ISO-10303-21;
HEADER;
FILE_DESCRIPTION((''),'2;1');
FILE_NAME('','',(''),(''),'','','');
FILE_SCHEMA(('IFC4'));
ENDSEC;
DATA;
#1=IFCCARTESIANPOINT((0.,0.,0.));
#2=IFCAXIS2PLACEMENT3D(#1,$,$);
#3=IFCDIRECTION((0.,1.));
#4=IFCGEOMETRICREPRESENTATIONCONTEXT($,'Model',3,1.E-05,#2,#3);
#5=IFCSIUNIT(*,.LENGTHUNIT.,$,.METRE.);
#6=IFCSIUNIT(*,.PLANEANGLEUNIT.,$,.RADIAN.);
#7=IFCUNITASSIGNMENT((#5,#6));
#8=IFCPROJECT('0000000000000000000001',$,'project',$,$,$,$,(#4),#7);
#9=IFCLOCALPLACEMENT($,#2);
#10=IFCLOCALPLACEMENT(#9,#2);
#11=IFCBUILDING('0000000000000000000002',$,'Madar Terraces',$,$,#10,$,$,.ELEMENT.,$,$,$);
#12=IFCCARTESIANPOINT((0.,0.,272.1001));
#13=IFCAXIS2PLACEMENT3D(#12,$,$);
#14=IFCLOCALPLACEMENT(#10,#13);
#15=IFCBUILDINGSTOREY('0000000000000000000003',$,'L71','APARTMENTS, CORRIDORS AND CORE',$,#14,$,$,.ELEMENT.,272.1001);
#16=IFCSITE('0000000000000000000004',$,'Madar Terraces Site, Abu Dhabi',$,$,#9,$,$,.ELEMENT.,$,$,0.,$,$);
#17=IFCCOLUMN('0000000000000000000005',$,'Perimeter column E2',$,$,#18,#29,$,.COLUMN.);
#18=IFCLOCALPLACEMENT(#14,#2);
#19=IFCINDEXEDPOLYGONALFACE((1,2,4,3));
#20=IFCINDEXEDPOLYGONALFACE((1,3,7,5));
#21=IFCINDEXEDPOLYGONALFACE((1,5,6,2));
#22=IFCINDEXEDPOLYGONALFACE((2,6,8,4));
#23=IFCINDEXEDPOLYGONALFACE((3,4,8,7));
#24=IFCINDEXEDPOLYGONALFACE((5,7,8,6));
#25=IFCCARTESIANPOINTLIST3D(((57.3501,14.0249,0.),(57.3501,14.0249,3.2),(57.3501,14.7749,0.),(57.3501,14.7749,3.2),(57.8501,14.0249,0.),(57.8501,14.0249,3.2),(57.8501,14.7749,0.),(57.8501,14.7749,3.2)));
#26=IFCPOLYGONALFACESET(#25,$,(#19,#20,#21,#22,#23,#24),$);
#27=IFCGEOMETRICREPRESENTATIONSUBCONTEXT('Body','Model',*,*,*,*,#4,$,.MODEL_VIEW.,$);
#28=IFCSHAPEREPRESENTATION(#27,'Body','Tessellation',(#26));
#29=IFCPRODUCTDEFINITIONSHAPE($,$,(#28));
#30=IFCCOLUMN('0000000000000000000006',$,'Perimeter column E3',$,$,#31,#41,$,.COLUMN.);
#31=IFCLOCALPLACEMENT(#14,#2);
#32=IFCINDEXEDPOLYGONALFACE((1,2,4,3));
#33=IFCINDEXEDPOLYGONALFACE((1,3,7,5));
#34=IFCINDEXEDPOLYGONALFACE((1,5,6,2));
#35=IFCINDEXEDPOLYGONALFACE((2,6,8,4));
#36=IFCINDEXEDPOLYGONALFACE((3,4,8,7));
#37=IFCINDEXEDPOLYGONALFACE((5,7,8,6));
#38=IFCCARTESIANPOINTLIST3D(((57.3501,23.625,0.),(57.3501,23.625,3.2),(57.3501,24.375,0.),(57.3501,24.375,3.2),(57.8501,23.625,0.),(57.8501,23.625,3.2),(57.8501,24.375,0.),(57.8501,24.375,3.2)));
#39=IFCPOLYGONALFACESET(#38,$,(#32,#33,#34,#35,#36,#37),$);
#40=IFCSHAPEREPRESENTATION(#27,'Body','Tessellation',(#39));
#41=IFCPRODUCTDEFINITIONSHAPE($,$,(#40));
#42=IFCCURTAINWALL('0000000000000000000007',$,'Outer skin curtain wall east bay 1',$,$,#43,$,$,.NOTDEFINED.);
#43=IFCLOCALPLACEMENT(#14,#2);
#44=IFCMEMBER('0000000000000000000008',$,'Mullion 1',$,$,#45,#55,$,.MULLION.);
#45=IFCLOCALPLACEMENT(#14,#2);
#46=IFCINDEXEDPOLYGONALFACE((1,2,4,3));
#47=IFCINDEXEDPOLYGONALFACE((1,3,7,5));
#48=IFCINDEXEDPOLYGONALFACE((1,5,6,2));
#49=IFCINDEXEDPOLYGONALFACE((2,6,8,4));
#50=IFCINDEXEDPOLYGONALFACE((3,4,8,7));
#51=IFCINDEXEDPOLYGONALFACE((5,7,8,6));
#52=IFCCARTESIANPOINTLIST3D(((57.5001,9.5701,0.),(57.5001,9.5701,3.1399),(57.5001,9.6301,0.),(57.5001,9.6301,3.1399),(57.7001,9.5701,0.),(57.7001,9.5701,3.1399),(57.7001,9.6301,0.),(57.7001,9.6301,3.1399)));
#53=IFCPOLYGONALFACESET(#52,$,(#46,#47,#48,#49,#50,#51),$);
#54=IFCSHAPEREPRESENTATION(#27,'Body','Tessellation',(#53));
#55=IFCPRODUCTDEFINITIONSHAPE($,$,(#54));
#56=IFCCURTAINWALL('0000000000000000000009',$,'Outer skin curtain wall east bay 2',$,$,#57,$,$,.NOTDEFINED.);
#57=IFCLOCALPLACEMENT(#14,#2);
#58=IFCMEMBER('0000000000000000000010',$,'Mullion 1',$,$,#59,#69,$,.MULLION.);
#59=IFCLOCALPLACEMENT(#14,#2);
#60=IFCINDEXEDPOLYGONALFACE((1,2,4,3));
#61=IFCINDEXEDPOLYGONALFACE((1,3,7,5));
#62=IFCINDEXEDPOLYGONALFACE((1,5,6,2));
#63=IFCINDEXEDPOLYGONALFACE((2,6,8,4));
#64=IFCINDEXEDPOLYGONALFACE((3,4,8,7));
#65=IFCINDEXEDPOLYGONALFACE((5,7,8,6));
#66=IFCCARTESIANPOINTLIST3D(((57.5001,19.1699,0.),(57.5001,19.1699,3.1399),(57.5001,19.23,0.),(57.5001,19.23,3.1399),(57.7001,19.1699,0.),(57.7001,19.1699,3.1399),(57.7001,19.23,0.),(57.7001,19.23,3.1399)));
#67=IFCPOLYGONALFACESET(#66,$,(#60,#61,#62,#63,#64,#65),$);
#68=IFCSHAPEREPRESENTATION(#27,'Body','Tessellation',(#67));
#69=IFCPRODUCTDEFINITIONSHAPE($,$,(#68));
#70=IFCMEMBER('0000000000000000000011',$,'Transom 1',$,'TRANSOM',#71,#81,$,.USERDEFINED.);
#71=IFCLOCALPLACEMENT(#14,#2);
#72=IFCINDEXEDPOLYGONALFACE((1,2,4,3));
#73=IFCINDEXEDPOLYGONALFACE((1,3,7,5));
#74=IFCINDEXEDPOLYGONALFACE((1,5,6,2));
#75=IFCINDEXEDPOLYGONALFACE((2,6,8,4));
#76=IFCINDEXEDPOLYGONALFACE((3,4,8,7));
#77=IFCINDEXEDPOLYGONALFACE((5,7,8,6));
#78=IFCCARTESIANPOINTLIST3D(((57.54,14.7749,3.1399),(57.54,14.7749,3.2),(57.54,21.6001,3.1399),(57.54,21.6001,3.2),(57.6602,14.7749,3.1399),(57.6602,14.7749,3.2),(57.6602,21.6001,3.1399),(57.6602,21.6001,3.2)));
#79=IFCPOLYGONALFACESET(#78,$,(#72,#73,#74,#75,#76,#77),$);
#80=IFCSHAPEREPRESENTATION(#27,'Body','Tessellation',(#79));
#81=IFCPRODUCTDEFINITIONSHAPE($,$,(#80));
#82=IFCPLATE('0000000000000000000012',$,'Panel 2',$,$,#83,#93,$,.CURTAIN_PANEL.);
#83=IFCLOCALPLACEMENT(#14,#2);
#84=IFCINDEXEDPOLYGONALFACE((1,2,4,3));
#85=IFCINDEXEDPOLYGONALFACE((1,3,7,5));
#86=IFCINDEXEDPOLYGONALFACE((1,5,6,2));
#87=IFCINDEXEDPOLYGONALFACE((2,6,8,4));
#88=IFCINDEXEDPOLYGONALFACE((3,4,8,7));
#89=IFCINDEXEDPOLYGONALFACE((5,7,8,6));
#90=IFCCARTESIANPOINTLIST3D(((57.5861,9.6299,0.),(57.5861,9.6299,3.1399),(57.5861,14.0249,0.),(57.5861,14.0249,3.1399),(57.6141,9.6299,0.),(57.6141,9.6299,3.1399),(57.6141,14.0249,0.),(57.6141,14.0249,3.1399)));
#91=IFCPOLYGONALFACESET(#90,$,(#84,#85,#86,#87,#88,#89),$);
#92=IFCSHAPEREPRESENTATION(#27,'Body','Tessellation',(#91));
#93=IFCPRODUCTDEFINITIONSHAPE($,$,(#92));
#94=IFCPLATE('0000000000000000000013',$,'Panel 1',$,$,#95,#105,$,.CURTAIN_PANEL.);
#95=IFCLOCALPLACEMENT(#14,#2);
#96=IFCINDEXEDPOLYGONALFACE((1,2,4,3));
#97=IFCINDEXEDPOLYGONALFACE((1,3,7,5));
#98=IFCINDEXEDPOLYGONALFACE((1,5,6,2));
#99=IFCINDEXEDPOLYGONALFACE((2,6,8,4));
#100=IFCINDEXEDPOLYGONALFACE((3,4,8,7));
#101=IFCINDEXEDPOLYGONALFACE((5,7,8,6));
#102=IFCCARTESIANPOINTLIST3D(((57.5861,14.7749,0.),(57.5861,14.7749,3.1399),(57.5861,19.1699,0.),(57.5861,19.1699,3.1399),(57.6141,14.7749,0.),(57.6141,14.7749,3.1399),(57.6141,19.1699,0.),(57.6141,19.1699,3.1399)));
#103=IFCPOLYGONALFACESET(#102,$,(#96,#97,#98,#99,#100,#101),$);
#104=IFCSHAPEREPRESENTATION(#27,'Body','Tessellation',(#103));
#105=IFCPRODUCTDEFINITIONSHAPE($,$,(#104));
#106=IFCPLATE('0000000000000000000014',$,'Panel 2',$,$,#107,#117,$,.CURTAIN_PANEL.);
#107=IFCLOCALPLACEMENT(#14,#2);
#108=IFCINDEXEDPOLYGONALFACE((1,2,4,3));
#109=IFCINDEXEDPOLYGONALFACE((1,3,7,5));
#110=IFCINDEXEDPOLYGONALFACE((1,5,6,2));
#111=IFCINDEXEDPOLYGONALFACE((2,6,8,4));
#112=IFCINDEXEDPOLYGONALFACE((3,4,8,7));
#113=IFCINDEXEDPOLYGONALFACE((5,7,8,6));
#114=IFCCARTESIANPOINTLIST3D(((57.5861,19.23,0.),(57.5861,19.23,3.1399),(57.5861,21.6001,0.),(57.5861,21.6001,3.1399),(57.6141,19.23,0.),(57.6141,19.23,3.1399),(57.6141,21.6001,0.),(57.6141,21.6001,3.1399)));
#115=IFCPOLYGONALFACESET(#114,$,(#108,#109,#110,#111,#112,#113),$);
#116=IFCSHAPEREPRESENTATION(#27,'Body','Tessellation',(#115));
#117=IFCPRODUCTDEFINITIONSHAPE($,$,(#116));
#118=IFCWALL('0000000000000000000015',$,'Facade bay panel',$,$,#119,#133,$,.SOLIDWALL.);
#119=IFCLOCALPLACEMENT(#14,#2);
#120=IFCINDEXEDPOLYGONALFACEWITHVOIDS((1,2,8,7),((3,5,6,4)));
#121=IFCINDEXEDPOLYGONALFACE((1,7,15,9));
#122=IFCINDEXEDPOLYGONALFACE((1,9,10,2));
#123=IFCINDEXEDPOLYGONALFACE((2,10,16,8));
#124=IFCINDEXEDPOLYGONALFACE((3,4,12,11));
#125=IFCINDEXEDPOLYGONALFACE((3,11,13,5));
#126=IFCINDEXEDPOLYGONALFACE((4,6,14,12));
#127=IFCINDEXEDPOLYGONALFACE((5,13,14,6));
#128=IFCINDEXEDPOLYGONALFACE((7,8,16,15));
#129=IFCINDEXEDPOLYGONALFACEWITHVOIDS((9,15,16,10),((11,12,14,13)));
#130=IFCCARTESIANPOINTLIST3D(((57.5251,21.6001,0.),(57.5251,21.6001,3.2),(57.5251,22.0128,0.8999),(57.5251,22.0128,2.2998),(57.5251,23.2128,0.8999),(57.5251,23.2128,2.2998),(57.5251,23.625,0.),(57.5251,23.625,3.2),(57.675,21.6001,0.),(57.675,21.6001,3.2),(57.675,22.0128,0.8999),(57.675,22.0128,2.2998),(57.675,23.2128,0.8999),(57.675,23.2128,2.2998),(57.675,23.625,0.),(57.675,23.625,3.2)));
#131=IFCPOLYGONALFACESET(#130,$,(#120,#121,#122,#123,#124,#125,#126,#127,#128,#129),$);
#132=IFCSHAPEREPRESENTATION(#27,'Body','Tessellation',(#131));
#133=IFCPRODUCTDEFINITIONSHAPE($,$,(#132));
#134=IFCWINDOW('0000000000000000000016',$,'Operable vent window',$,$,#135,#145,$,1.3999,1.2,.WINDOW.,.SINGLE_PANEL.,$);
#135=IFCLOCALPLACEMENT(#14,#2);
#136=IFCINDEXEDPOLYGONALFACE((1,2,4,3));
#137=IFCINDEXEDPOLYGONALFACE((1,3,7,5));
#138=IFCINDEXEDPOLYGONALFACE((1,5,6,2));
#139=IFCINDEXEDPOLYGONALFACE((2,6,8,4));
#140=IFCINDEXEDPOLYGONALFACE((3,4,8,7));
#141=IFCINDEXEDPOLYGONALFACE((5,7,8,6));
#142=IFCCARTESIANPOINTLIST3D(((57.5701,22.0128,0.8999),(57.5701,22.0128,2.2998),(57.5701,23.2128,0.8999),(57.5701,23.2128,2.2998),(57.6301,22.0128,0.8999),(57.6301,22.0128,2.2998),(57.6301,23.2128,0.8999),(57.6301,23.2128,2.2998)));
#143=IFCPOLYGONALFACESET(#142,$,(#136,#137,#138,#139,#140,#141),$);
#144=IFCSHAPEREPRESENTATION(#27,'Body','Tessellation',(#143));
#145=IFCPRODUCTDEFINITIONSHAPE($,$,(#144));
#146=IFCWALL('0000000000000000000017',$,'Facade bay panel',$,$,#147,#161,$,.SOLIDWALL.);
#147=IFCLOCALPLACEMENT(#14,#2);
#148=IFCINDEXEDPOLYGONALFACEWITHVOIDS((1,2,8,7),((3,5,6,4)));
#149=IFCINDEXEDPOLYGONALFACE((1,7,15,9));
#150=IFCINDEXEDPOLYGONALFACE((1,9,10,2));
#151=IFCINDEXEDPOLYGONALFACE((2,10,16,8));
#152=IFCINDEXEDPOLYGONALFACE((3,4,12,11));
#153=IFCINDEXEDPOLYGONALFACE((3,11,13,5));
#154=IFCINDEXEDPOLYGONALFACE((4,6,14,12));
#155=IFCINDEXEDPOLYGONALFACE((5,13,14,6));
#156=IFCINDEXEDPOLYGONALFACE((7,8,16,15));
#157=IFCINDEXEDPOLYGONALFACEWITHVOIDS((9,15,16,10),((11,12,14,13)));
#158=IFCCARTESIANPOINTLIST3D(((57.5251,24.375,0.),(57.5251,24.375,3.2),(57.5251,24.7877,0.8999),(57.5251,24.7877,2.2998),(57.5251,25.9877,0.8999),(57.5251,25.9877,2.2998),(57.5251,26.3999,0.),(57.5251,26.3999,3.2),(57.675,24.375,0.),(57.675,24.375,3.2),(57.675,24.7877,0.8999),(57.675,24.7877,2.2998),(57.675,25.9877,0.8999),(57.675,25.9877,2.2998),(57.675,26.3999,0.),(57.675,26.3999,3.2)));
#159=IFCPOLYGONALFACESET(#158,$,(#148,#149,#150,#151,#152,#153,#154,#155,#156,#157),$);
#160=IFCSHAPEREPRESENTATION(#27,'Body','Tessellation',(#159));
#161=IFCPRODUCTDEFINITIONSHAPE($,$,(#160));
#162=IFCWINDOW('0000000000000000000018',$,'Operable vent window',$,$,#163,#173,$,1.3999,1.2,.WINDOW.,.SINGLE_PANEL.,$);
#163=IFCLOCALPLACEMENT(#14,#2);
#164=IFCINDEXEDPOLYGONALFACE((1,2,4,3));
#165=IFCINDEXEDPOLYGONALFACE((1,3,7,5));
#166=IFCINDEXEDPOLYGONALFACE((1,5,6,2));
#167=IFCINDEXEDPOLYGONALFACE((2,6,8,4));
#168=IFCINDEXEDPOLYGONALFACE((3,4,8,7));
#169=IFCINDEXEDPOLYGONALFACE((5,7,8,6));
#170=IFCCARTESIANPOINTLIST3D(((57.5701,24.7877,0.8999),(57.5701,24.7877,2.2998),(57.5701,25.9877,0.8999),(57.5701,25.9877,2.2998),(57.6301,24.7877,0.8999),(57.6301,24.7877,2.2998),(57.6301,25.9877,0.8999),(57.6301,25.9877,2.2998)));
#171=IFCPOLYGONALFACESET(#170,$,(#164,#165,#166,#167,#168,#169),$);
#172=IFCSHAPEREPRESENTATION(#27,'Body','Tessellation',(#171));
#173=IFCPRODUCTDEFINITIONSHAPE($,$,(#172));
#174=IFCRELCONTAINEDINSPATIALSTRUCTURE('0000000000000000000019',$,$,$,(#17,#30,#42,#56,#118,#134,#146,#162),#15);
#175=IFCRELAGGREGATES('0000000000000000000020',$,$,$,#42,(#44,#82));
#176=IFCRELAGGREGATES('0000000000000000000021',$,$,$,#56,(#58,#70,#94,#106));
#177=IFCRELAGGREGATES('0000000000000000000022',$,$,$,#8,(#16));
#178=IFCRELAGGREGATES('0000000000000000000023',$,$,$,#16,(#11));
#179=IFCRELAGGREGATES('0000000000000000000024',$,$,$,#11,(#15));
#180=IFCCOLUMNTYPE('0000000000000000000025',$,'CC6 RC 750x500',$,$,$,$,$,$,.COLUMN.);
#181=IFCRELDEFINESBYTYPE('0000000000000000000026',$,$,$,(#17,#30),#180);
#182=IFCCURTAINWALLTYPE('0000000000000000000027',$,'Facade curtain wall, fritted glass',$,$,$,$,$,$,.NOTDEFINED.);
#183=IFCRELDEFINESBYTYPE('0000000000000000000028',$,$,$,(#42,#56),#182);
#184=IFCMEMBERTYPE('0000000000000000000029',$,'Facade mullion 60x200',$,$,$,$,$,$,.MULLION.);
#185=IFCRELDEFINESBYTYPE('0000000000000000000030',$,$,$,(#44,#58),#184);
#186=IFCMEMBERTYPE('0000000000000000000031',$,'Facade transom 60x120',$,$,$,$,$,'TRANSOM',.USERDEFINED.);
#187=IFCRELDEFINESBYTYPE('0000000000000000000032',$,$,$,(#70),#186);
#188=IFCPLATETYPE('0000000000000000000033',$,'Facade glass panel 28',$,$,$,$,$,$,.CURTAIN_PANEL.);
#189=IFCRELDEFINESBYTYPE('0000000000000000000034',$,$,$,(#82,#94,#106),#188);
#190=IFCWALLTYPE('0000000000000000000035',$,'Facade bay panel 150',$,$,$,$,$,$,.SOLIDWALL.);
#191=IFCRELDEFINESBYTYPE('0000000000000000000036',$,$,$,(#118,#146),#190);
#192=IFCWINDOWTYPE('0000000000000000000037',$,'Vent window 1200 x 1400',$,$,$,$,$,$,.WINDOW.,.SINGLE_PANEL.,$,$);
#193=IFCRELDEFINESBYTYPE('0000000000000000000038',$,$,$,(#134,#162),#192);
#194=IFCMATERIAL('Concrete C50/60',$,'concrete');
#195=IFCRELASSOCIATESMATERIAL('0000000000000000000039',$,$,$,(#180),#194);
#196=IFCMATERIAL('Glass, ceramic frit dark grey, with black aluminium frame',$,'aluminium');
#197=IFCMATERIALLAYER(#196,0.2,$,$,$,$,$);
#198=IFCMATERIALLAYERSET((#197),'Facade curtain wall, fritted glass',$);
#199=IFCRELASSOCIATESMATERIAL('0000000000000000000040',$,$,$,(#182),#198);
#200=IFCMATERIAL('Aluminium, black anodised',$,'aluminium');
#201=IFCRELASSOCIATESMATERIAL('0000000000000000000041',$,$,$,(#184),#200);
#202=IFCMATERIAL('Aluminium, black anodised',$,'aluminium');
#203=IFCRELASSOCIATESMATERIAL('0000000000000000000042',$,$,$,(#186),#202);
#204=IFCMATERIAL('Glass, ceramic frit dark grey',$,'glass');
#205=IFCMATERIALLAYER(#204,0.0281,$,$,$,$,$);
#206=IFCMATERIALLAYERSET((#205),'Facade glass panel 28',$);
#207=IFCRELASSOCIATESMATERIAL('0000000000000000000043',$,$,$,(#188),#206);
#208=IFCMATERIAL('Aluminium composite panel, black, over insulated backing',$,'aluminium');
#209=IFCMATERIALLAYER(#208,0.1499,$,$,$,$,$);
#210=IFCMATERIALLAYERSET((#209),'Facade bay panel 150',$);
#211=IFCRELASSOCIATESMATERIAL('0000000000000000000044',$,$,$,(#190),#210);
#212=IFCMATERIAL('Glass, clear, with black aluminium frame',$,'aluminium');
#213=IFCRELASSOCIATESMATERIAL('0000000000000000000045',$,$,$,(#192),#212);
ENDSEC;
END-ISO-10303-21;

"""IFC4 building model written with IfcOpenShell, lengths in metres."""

from ifc_helpers import new_model, si_unit, direction, frame, frame_2d, origin, origin_2d, place, context, subcontext, project, spatial, rectangle, extrude, material, layer, layer_set, material_profile, profile_set, type_object, element, fill, aggregate, save


model = new_model("IFC4")

# Units and contexts
model_context = context("Model", 3, precision=1e-05, world=origin(), true_north=direction((0.0, 1.0)))
body_context = subcontext(model_context, "Body", "Model", "MODEL_VIEW")
ifc_project = project(units=[si_unit("LENGTHUNIT", "METRE"), si_unit("PLANEANGLEUNIT", "RADIAN")], contexts=[model_context])

# Site, building, storey
site_placement = place(None, origin())
site = spatial("IfcSite", under=ifc_project, at=site_placement, Name="Madar Terraces Site, Abu Dhabi", CompositionType="ELEMENT", RefElevation=0.0)
building_placement = place(site_placement, origin())
building = spatial("IfcBuilding", under=site, at=building_placement, Name="Madar Terraces", CompositionType="ELEMENT")
storey_placement = place(building_placement, frame((0.0, 0.0, 272.1001)))
storey = spatial("IfcBuildingStorey", under=building, at=storey_placement, Name="L71", Description="APARTMENTS, CORRIDORS AND CORE", CompositionType="ELEMENT", Elevation=272.1001)

# Columns
ifc_material_1 = material(Name="Concrete C50/60", Category="concrete")
ifc_material_profile_1 = material_profile(ifc_material_1, rectangle(XDim=0.75, YDim=0.5, at=origin_2d()), Name="CC6 RC 750x500")
ifc_profile_set_1 = profile_set([ifc_material_profile_1], Name="Concrete C50/60")
column_type = type_object("IfcColumnType", Name="CC6 RC 750x500", PredefinedType="COLUMN", material=ifc_profile_set_1)
for number, where, z_axis, x_axis, name in (
    (1, (57.6001, 14.3999, 0.0), (0.0, 0.0, 1.0), (0.0, 1.0, 0.0), "Perimeter column E2"),
    (2, (57.6001, 24.0, 0.0), (0.0, 0.0, 1.0), (0.0, 1.0, 0.0), "Perimeter column E3"),
):
    element("IfcColumn", number, at=place(storey_placement, frame(where, z_axis=z_axis, x_axis=x_axis)), inside=storey, type_object=column_type, Name=name, PredefinedType="COLUMN", context=body_context, shape_type="SweptSolid", body=[
        extrude(rectangle(XDim=0.75, YDim=0.5, at=origin_2d()), origin(), (0.0, 0.0, 1.0), 3.2),
    ])

# Curtain wall, member
ifc_material_2 = material(Name="Glass, ceramic frit dark grey, with black aluminium frame", Category="aluminium")
ifc_layer_1 = layer(ifc_material_2, 0.2)
ifc_layer_set_1 = layer_set([ifc_layer_1], Name="Facade curtain wall, fritted glass")
curtain_wall_type = type_object("IfcCurtainWallType", Name="Facade curtain wall, fritted glass", PredefinedType="NOTDEFINED", material=ifc_layer_set_1)
curtain_wall_1_placement = place(storey_placement, origin())
curtain_wall_1 = element("IfcCurtainWall", 3, at=curtain_wall_1_placement, inside=storey, type_object=curtain_wall_type, Name="Outer skin curtain wall east bay 1", PredefinedType="NOTDEFINED")
ifc_material_3 = material(Name="Aluminium, black anodised", Category="aluminium")
ifc_material_profile_2 = material_profile(ifc_material_3, rectangle(XDim=0.2, YDim=0.0601, at=origin_2d()), Name="Facade mullion 60x200")
ifc_profile_set_2 = profile_set([ifc_material_profile_2], Name="Aluminium, black anodised")
member_type_1 = type_object("IfcMemberType", Name="Facade mullion 60x200", PredefinedType="MULLION", material=ifc_profile_set_2)
member_1_placement = place(storey_placement, frame((57.6001, 9.6001, 0.0), z_axis=(0.0, 0.0, 1.0), x_axis=(-1.0, 0.0, 0.0)))
member_1 = element("IfcMember", 4, at=member_1_placement, type_object=member_type_1, Name="Mullion 1", PredefinedType="MULLION", context=body_context, shape_type="SweptSolid", body=[
    extrude(rectangle(XDim=0.2, YDim=0.0601, at=origin_2d()), origin(), (0.0, 0.0, 1.0), 3.1399),
])

# Curtain wall, members
curtain_wall_2_placement = place(storey_placement, origin())
curtain_wall_2 = element("IfcCurtainWall", 5, at=curtain_wall_2_placement, inside=storey, type_object=curtain_wall_type, Name="Outer skin curtain wall east bay 2", PredefinedType="NOTDEFINED")
member_2_placement = place(storey_placement, frame((57.6001, 19.2, 0.0), z_axis=(0.0, 0.0, 1.0), x_axis=(-1.0, 0.0, 0.0)))
member_2 = element("IfcMember", 6, at=member_2_placement, type_object=member_type_1, Name="Mullion 1", PredefinedType="MULLION", context=body_context, shape_type="SweptSolid", body=[
    extrude(rectangle(XDim=0.2, YDim=0.0601, at=origin_2d()), origin(), (0.0, 0.0, 1.0), 3.1399),
])
ifc_material_4 = material(Name="Aluminium, black anodised", Category="aluminium")
ifc_material_profile_3 = material_profile(ifc_material_4, rectangle(XDim=0.1201, YDim=0.0601, at=origin_2d()), Name="Facade transom 60x120")
ifc_profile_set_3 = profile_set([ifc_material_profile_3], Name="Aluminium, black anodised")
member_type_2 = type_object("IfcMemberType", Name="Facade transom 60x120", ElementType="TRANSOM", PredefinedType="USERDEFINED", material=ifc_profile_set_3)
member_3_placement = place(storey_placement, frame((57.6001, 14.7749, 3.1699), z_axis=(0.0, 1.0, 0.0), x_axis=(-1.0, 0.0, 0.0)))
member_3 = element("IfcMember", 7, at=member_3_placement, type_object=member_type_2, Name="Transom 1", ObjectType="TRANSOM", PredefinedType="USERDEFINED", context=body_context, shape_type="SweptSolid", body=[
    extrude(rectangle(XDim=0.1201, YDim=0.0601, at=origin_2d()), origin(), (0.0, 0.0, 1.0), 6.8252),
])

# Plates
ifc_material_5 = material(Name="Glass, ceramic frit dark grey", Category="glass")
ifc_layer_2 = layer(ifc_material_5, 0.0281)
ifc_layer_set_2 = layer_set([ifc_layer_2], Name="Facade glass panel 28")
plate_type = type_object("IfcPlateType", Name="Facade glass panel 28", PredefinedType="CURTAIN_PANEL", material=ifc_layer_set_2)
plate_1_placement = place(storey_placement, frame((57.6001, 11.8274, 0.0), z_axis=(0.0, 0.0, 1.0), x_axis=(0.0, 1.0, 0.0)))
plate_1 = element("IfcPlate", 8, at=plate_1_placement, type_object=plate_type, Name="Panel 2", PredefinedType="CURTAIN_PANEL", context=body_context, shape_type="SweptSolid", body=[
    extrude(rectangle(XDim=4.395, YDim=0.0281, at=origin_2d()), origin(), (0.0, 0.0, 1.0), 3.1399),
])
aggregate(curtain_wall_1, [member_1, plate_1])
plate_2_placement = place(storey_placement, frame((57.6001, 16.9724, 0.0), z_axis=(0.0, 0.0, 1.0), x_axis=(0.0, 1.0, 0.0)))
plate_2 = element("IfcPlate", 9, at=plate_2_placement, type_object=plate_type, Name="Panel 1", PredefinedType="CURTAIN_PANEL", context=body_context, shape_type="SweptSolid", body=[
    extrude(rectangle(XDim=4.395, YDim=0.0281, at=origin_2d()), origin(), (0.0, 0.0, 1.0), 3.1399),
])
plate_3_placement = place(storey_placement, frame((57.6001, 20.415, 0.0), z_axis=(0.0, 0.0, 1.0), x_axis=(0.0, 1.0, 0.0)))
plate_3 = element("IfcPlate", 10, at=plate_3_placement, type_object=plate_type, Name="Panel 2", PredefinedType="CURTAIN_PANEL", context=body_context, shape_type="SweptSolid", body=[
    extrude(rectangle(XDim=2.3701, YDim=0.0281, at=origin_2d()), origin(), (0.0, 0.0, 1.0), 3.1399),
])
aggregate(curtain_wall_2, [member_2, member_3, plate_2, plate_3])

# Walls, openings, windows
ifc_material_6 = material(Name="Aluminium composite panel, black, over insulated backing", Category="aluminium")
ifc_layer_3 = layer(ifc_material_6, 0.1499)
ifc_layer_set_3 = layer_set([ifc_layer_3], Name="Facade bay panel 150")
wall_type_1 = type_object("IfcWallType", Name="Facade bay panel 150", PredefinedType="SOLIDWALL", material=ifc_layer_set_3)
wall_1_placement = place(storey_placement, frame((57.6001, 21.6001, 0.0), z_axis=(0.0, 0.0, 1.0), x_axis=(0.0, 1.0, 0.0)))
wall_1 = element("IfcWall", 11, at=wall_1_placement, inside=storey, type_object=wall_type_1, Name="Facade bay panel", PredefinedType="SOLIDWALL", context=body_context, shape_type="SweptSolid", body=[
    extrude(rectangle(XDim=2.0249, YDim=0.1499, at=frame_2d((1.0125, 0.0))), origin(), (0.0, 0.0, 1.0), 3.2),
])
opening_1_placement = place(wall_1_placement, frame((0.4126, 0.0, 0.8999)))
opening_1 = element("IfcOpeningElement", 12, at=opening_1_placement, cuts=wall_1, PredefinedType="OPENING", context=body_context, shape_type="SweptSolid", body=[
    extrude(rectangle(XDim=1.2, YDim=1.3999, at=frame_2d((0.6001, 0.7))), frame((0.0, 0.085, 0.0), z_axis=(0.0, -1.0, 0.0), x_axis=(1.0, 0.0, 0.0)), (0.0, 0.0, 1.0), 0.1699),
])
ifc_material_7 = material(Name="Glass, clear, with black aluminium frame", Category="aluminium")
window_type = type_object("IfcWindowType", Name="Vent window 1200 x 1400", PartitioningType="SINGLE_PANEL", PredefinedType="WINDOW", material=ifc_material_7)
window_1_placement = place(opening_1_placement, origin())
window_1 = element("IfcWindow", 13, at=window_1_placement, inside=storey, type_object=window_type, Name="Operable vent window", OverallHeight=1.3999, OverallWidth=1.2, PartitioningType="SINGLE_PANEL", PredefinedType="WINDOW", context=body_context, shape_type="SweptSolid", body=[
    extrude(rectangle(XDim=1.2, YDim=1.3999, at=frame_2d((0.6001, 0.7))), frame((0.0, 0.03, 0.0), z_axis=(0.0, -1.0, 0.0), x_axis=(1.0, 0.0, 0.0)), (0.0, 0.0, 1.0), 0.0601),
])
fill(opening_1, window_1)
wall_2_placement = place(storey_placement, frame((57.6001, 24.375, 0.0), z_axis=(0.0, 0.0, 1.0), x_axis=(0.0, 1.0, 0.0)))
wall_2 = element("IfcWall", 14, at=wall_2_placement, inside=storey, type_object=wall_type_1, Name="Facade bay panel", PredefinedType="SOLIDWALL", context=body_context, shape_type="SweptSolid", body=[
    extrude(rectangle(XDim=2.0249, YDim=0.1499, at=frame_2d((1.0125, 0.0))), origin(), (0.0, 0.0, 1.0), 3.2),
])
opening_2_placement = place(wall_2_placement, frame((0.4126, 0.0, 0.8999)))
opening_2 = element("IfcOpeningElement", 15, at=opening_2_placement, cuts=wall_2, PredefinedType="OPENING", context=body_context, shape_type="SweptSolid", body=[
    extrude(rectangle(XDim=1.2, YDim=1.3999, at=frame_2d((0.6001, 0.7))), frame((0.0, 0.085, 0.0), z_axis=(0.0, -1.0, 0.0), x_axis=(1.0, 0.0, 0.0)), (0.0, 0.0, 1.0), 0.1699),
])
window_2_placement = place(opening_2_placement, origin())
window_2 = element("IfcWindow", 16, at=window_2_placement, inside=storey, type_object=window_type, Name="Operable vent window", OverallHeight=1.3999, OverallWidth=1.2, PartitioningType="SINGLE_PANEL", PredefinedType="WINDOW", context=body_context, shape_type="SweptSolid", body=[
    extrude(rectangle(XDim=1.2, YDim=1.3999, at=frame_2d((0.6001, 0.7))), frame((0.0, 0.03, 0.0), z_axis=(0.0, -1.0, 0.0), x_axis=(1.0, 0.0, 0.0)), (0.0, 0.0, 1.0), 0.0601),
])
fill(opening_2, window_2)

save(model, "model.ifc")
